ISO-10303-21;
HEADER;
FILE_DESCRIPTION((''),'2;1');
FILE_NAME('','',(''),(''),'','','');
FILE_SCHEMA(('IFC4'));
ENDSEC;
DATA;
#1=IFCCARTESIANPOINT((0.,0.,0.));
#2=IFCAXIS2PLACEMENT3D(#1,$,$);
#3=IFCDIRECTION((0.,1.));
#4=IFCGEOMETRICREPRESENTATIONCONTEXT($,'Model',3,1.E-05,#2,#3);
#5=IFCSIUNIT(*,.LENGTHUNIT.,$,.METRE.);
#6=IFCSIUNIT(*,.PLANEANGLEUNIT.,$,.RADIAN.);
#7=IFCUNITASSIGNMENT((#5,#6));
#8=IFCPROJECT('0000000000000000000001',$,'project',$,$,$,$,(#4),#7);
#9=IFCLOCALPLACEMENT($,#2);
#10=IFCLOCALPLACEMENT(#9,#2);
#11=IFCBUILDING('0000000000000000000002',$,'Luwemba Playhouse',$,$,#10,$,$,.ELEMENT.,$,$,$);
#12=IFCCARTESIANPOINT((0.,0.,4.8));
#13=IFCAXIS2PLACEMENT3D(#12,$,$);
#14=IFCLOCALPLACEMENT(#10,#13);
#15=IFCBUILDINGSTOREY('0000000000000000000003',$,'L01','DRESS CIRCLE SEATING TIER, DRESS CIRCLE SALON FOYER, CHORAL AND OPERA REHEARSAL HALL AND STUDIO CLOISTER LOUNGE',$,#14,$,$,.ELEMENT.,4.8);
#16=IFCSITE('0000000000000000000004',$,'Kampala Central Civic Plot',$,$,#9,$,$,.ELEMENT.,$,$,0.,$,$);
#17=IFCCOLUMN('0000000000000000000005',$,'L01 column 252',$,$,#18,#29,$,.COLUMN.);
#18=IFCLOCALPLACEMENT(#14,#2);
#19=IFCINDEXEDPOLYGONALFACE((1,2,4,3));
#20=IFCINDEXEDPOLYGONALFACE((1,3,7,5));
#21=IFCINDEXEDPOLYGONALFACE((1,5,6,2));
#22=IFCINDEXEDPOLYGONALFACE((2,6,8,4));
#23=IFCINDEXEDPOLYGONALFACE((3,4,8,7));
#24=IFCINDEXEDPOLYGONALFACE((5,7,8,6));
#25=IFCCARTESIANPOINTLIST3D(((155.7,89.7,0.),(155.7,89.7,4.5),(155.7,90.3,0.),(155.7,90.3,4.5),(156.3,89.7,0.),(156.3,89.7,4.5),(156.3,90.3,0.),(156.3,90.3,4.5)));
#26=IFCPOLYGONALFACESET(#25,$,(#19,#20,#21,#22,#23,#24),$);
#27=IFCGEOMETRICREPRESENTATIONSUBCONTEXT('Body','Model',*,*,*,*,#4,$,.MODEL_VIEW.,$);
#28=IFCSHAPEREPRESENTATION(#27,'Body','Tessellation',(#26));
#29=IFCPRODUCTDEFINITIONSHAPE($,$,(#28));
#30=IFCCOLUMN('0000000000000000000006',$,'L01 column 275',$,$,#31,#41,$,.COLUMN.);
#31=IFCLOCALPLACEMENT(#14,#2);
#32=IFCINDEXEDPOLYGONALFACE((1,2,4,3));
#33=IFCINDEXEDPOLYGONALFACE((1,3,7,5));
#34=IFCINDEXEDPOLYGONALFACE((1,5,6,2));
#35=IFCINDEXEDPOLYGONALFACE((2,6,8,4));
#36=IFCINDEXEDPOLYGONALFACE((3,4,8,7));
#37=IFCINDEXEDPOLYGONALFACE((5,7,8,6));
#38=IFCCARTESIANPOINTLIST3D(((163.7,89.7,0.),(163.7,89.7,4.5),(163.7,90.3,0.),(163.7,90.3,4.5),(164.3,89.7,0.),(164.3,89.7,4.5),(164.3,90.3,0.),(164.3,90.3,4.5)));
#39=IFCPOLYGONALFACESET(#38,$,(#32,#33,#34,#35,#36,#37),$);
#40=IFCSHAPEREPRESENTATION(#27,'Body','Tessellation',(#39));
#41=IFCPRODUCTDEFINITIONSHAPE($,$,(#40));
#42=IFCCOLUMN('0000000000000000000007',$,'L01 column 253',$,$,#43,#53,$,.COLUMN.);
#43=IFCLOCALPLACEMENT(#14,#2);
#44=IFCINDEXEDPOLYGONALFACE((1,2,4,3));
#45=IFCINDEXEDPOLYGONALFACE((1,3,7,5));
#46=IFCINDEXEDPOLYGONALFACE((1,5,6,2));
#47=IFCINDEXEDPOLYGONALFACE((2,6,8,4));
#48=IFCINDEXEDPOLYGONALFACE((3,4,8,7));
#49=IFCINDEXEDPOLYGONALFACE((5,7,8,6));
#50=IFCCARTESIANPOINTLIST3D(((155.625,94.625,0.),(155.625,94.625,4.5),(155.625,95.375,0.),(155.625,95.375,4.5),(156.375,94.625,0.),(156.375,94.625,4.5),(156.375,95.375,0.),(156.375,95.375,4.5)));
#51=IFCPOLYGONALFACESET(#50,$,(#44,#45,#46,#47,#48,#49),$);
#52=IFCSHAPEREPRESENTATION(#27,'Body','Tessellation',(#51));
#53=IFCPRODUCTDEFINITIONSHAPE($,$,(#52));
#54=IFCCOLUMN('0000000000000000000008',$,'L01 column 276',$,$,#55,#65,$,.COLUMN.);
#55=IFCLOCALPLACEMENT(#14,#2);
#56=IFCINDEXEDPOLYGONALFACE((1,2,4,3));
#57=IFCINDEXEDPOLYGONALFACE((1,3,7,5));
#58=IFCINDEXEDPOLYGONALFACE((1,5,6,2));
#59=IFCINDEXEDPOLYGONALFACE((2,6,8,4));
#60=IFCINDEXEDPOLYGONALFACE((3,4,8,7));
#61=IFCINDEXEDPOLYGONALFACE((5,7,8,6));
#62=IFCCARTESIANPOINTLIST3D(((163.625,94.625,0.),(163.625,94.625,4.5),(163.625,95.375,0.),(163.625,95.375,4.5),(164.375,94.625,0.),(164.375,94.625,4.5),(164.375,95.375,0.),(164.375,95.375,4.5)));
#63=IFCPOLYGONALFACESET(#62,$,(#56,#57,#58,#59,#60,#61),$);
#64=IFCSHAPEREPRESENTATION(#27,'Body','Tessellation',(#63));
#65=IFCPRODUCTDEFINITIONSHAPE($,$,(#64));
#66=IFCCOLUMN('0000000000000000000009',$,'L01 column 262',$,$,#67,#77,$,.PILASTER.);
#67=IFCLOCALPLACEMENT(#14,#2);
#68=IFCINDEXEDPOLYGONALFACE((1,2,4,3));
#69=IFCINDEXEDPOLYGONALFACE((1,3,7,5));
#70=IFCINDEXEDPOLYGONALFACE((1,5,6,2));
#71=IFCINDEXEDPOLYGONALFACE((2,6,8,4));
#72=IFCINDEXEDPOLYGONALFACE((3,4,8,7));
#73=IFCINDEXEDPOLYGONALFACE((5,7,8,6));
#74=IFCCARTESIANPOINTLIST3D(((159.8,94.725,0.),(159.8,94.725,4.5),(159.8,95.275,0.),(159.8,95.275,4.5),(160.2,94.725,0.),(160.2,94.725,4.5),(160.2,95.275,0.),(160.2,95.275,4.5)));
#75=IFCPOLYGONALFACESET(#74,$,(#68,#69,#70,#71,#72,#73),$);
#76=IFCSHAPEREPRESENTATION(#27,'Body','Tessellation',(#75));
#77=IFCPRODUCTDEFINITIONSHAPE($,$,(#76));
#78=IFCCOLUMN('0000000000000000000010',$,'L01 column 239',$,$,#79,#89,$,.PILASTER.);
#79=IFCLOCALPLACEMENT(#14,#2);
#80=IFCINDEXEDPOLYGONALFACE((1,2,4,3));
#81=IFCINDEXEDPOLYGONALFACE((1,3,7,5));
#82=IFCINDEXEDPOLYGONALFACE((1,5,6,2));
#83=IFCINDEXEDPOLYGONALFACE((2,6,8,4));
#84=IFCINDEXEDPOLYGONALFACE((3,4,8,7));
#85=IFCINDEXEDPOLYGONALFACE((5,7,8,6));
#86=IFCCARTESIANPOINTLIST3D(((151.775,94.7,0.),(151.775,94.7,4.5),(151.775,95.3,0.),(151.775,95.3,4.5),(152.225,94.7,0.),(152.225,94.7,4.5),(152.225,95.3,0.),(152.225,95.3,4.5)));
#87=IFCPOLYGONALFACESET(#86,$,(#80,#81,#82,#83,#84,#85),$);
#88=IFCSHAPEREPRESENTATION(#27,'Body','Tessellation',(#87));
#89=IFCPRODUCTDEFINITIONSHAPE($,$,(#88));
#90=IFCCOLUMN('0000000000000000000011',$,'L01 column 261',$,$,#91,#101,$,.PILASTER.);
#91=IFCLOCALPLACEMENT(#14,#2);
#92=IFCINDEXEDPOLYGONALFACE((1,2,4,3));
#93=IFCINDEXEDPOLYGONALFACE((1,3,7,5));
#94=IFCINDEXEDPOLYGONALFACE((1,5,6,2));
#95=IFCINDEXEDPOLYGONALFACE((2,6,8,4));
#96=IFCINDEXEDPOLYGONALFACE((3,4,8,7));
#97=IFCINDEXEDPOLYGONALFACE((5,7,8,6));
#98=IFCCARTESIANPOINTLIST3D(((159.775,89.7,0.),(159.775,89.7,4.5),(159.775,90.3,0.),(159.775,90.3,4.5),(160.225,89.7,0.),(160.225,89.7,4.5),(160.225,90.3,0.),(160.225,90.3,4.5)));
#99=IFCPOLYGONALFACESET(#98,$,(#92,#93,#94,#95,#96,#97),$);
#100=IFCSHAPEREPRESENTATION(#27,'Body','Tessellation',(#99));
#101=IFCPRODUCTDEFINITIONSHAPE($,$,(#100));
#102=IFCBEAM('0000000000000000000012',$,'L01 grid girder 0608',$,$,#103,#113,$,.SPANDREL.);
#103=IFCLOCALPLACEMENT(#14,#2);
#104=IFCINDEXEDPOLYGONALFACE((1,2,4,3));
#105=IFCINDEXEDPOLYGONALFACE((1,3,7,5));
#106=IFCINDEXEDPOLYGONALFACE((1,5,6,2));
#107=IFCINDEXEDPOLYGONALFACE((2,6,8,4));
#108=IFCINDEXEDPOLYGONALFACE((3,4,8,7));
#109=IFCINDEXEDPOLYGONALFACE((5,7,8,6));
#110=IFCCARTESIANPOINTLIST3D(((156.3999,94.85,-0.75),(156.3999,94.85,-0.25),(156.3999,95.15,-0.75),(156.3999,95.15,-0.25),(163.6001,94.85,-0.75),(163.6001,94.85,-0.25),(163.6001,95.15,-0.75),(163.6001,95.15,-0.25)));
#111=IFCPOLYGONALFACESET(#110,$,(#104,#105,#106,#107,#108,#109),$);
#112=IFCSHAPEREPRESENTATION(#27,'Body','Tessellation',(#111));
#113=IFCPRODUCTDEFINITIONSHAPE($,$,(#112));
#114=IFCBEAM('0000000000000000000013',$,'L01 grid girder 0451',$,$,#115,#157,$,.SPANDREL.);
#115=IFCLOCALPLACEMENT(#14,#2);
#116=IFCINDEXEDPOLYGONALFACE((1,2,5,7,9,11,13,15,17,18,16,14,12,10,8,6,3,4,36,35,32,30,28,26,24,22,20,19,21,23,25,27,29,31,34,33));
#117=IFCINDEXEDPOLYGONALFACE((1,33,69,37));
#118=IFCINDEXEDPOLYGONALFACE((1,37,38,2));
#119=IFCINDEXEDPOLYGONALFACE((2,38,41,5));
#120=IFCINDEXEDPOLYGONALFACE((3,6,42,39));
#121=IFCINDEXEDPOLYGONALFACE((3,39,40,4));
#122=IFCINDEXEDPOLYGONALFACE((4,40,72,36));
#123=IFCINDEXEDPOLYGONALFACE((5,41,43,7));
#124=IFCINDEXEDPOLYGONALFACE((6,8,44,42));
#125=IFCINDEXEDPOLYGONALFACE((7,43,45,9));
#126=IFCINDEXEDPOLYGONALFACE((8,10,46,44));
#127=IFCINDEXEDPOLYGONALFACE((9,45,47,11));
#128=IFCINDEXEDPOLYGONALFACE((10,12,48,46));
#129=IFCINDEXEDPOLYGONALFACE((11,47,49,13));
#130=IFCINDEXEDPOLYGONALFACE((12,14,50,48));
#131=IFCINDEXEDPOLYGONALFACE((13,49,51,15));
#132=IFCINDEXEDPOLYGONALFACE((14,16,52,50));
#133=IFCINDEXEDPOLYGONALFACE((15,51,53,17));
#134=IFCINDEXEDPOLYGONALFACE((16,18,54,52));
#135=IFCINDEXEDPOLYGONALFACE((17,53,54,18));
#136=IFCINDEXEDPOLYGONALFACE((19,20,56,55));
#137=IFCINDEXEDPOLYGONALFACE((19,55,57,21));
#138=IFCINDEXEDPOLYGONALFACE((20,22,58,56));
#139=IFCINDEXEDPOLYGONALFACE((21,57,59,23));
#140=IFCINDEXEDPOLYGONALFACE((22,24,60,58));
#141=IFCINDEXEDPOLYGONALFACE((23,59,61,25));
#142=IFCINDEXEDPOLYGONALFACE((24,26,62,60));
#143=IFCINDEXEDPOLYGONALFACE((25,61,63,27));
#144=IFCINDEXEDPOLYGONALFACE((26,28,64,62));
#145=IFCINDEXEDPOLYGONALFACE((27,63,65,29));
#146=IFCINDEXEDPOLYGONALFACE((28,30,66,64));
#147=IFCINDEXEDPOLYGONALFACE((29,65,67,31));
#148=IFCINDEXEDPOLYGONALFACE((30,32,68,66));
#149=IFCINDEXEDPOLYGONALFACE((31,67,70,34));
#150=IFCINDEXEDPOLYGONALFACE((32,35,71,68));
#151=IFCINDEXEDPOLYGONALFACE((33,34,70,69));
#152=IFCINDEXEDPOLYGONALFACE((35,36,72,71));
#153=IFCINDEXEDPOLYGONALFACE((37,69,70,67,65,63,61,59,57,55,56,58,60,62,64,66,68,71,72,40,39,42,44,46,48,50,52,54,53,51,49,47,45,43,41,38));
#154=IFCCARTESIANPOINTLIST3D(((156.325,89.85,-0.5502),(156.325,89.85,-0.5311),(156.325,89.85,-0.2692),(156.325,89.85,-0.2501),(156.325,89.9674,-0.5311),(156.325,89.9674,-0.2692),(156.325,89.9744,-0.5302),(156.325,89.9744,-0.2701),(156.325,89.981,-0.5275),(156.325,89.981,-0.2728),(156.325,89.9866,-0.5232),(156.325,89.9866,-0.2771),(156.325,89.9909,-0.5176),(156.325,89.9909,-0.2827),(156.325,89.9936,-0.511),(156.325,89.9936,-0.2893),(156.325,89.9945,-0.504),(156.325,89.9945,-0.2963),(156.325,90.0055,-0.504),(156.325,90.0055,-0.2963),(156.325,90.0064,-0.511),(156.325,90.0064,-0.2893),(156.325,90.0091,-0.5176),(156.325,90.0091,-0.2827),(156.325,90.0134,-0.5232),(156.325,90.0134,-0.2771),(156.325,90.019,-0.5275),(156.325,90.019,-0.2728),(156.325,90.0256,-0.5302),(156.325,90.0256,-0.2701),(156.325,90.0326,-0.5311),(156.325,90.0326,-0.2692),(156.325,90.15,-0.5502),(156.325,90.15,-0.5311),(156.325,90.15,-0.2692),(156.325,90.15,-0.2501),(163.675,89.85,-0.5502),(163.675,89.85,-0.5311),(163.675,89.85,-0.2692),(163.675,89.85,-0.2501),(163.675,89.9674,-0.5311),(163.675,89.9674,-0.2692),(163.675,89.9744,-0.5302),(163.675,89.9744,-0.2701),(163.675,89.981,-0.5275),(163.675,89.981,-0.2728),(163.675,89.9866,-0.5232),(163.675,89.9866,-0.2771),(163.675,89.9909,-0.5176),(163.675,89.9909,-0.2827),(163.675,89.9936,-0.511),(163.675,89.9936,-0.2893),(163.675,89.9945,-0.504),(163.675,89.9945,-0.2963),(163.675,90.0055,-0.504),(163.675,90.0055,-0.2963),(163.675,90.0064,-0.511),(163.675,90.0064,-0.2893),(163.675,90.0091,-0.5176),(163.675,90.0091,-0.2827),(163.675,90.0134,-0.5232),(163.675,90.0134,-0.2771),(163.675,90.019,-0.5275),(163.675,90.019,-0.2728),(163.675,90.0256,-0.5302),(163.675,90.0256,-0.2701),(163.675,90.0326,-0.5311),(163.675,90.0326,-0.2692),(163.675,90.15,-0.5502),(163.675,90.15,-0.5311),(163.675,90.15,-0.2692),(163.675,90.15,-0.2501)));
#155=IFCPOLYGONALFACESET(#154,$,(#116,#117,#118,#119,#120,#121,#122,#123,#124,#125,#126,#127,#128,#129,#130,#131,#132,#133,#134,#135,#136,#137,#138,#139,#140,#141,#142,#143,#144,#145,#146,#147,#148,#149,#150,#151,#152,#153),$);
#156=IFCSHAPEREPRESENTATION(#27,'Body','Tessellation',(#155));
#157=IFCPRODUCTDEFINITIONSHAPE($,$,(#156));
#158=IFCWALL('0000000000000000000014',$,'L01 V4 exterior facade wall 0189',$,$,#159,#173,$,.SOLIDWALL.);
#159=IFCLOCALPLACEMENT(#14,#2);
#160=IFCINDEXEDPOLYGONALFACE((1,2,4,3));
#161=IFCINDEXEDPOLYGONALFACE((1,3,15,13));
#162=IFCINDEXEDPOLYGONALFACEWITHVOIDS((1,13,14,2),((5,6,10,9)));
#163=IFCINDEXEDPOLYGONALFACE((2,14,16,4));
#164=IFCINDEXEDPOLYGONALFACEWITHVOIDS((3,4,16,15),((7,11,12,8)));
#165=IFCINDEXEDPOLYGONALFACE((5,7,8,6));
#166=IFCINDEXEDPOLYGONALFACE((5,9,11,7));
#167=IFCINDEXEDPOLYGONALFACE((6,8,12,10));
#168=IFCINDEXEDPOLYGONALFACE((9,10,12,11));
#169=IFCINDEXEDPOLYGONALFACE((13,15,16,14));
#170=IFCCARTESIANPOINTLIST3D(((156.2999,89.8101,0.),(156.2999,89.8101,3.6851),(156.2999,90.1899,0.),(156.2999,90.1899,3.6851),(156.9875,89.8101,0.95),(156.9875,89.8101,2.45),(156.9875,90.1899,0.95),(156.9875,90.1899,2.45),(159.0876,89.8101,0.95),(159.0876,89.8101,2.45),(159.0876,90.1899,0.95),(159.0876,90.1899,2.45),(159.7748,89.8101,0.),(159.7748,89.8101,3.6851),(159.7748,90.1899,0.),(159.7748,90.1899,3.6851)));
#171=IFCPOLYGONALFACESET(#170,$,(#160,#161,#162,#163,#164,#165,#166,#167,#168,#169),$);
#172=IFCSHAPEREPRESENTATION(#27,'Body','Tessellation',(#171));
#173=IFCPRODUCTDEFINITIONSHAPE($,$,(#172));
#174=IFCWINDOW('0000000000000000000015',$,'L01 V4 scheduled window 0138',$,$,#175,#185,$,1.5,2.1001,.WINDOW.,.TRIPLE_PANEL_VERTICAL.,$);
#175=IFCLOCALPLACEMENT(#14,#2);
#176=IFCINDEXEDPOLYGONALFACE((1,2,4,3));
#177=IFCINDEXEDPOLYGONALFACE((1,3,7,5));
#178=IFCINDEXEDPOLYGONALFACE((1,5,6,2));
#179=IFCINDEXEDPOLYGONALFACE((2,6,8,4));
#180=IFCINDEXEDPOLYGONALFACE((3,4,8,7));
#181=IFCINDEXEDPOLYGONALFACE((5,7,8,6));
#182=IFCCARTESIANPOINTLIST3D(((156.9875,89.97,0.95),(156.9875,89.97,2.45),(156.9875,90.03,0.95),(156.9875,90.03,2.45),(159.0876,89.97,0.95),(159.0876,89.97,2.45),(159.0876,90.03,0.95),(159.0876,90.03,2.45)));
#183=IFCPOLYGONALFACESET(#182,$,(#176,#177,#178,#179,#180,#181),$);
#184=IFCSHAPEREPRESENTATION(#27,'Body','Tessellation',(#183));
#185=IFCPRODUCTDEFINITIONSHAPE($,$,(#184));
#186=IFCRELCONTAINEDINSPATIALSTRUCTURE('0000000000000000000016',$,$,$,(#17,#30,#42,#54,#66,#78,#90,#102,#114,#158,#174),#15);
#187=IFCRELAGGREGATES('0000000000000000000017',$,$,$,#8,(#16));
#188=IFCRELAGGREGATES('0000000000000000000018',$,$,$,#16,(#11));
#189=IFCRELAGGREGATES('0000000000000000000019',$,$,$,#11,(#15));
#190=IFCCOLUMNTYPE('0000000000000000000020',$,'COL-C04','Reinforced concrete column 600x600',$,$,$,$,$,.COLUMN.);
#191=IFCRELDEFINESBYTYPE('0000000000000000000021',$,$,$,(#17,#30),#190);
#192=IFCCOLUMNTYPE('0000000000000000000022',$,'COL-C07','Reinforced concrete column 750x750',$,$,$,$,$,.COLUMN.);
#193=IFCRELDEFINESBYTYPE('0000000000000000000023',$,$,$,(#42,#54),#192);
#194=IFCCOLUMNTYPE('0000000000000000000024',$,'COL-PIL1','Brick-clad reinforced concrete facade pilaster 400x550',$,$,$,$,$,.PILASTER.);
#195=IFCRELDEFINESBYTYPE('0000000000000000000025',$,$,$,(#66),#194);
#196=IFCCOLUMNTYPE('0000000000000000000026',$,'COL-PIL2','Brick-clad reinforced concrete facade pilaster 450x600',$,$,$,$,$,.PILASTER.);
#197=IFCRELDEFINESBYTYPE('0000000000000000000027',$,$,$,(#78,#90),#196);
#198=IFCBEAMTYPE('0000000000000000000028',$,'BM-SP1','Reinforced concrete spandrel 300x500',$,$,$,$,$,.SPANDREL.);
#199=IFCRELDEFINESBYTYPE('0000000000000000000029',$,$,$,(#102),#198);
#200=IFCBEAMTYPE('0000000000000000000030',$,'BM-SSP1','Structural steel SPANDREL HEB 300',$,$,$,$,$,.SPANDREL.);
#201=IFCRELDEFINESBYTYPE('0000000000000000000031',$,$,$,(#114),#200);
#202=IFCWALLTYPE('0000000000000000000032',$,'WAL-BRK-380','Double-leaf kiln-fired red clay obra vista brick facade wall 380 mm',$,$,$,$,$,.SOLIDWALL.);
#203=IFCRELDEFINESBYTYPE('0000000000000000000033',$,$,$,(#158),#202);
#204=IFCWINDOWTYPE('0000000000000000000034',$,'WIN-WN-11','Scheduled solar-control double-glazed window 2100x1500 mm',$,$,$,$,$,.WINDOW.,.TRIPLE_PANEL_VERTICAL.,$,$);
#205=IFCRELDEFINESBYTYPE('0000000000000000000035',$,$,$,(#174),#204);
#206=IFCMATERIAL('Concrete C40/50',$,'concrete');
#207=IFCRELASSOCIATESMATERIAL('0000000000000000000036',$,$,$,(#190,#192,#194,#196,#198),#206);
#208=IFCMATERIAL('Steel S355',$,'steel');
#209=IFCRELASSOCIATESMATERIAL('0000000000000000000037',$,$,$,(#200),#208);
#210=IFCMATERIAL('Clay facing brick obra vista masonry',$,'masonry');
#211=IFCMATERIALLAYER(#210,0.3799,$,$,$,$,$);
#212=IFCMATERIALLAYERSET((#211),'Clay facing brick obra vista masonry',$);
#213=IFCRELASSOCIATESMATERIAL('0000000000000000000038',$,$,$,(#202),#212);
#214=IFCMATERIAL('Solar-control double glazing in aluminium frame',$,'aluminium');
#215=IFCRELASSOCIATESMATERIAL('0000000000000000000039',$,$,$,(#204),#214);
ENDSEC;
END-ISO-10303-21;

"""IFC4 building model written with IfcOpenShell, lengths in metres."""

from ifc_helpers import new_model, si_unit, direction, frame, frame_2d, origin, origin_2d, place, context, subcontext, project, spatial, rectangle, i_section, extrude, material, layer, layer_set, material_profile, profile_set, type_object, element, fill, save


model = new_model("IFC4")

# Units and contexts
model_context = context("Model", 3, precision=1e-05, world=origin(), true_north=direction((0.0, 1.0)))
body_context = subcontext(model_context, "Body", "Model", "MODEL_VIEW")
ifc_project = project(units=[si_unit("LENGTHUNIT", "METRE"), si_unit("PLANEANGLEUNIT", "RADIAN")], contexts=[model_context])

# Site, building, storey
site_placement = place(None, origin())
site = spatial("IfcSite", under=ifc_project, at=site_placement, Name="Kampala Central Civic Plot", CompositionType="ELEMENT", RefElevation=0.0)
building_placement = place(site_placement, origin())
building = spatial("IfcBuilding", under=site, at=building_placement, Name="Luwemba Playhouse", CompositionType="ELEMENT")
storey_placement = place(building_placement, frame((0.0, 0.0, 4.8)))
storey = spatial("IfcBuildingStorey", under=building, at=storey_placement, Name="L01", Description="DRESS CIRCLE SEATING TIER, DRESS CIRCLE SALON FOYER, CHORAL AND OPERA REHEARSAL HALL AND STUDIO CLOISTER LOUNGE", CompositionType="ELEMENT", Elevation=4.8)

# Columns
ifc_material_1 = material(Name="Concrete C40/50", Category="concrete")
ifc_material_profile_1 = material_profile(ifc_material_1, rectangle(XDim=0.6001, YDim=0.6001, at=origin_2d()))
ifc_profile_set_1 = profile_set([ifc_material_profile_1], Name="Concrete C40/50")
column_type_1 = type_object("IfcColumnType", Name="COL-C04", Description="Reinforced concrete column 600x600", PredefinedType="COLUMN", material=ifc_profile_set_1)
for number, where, z_axis, x_axis, name in (
    (1, (156.0, 90.0, 0.0), (0.0, 0.0, 1.0), (1.0, 0.0, 0.0), "L01 column 252"),
    (2, (164.0, 90.0, 0.0), (0.0, 0.0, 1.0), (1.0, 0.0, 0.0), "L01 column 275"),
):
    element("IfcColumn", number, at=place(storey_placement, frame(where, z_axis=z_axis, x_axis=x_axis)), inside=storey, type_object=column_type_1, Name=name, PredefinedType="COLUMN", context=body_context, shape_type="SweptSolid", body=[
        extrude(rectangle(XDim=0.6001, YDim=0.6001, at=origin_2d()), origin(), (0.0, 0.0, 1.0), 4.5),
    ])
ifc_material_profile_2 = material_profile(ifc_material_1, rectangle(XDim=0.75, YDim=0.75, at=origin_2d()))
ifc_profile_set_2 = profile_set([ifc_material_profile_2], Name="Concrete C40/50")
column_type_2 = type_object("IfcColumnType", Name="COL-C07", Description="Reinforced concrete column 750x750", PredefinedType="COLUMN", material=ifc_profile_set_2)
for number, where, z_axis, x_axis, name in (
    (3, (156.0, 95.0, 0.0), (0.0, 0.0, 1.0), (1.0, 0.0, 0.0), "L01 column 253"),
    (4, (164.0, 95.0, 0.0), (0.0, 0.0, 1.0), (1.0, 0.0, 0.0), "L01 column 276"),
):
    element("IfcColumn", number, at=place(storey_placement, frame(where, z_axis=z_axis, x_axis=x_axis)), inside=storey, type_object=column_type_2, Name=name, PredefinedType="COLUMN", context=body_context, shape_type="SweptSolid", body=[
        extrude(rectangle(XDim=0.75, YDim=0.75, at=origin_2d()), origin(), (0.0, 0.0, 1.0), 4.5),
    ])
ifc_material_profile_3 = material_profile(ifc_material_1, rectangle(XDim=0.3999, YDim=0.55, at=origin_2d()))
ifc_profile_set_3 = profile_set([ifc_material_profile_3], Name="Concrete C40/50")
column_type_3 = type_object("IfcColumnType", Name="COL-PIL1", Description="Brick-clad reinforced concrete facade pilaster 400x550", PredefinedType="PILASTER", material=ifc_profile_set_3)
column_placement = place(storey_placement, frame((160.0, 95.0, 0.0), z_axis=(0.0, 0.0, 1.0), x_axis=(1.0, 0.0, 0.0)))
element("IfcColumn", 5, at=column_placement, inside=storey, type_object=column_type_3, Name="L01 column 262", PredefinedType="PILASTER", context=body_context, shape_type="SweptSolid", body=[
    extrude(rectangle(XDim=0.3999, YDim=0.55, at=origin_2d()), origin(), (0.0, 0.0, 1.0), 4.5),
])
ifc_material_profile_4 = material_profile(ifc_material_1, rectangle(XDim=0.45, YDim=0.6001, at=origin_2d()))
ifc_profile_set_4 = profile_set([ifc_material_profile_4], Name="Concrete C40/50")
column_type_4 = type_object("IfcColumnType", Name="COL-PIL2", Description="Brick-clad reinforced concrete facade pilaster 450x600", PredefinedType="PILASTER", material=ifc_profile_set_4)
for number, where, z_axis, x_axis, name in (
    (6, (152.0, 95.0, 0.0), (0.0, 0.0, 1.0), (1.0, 0.0, 0.0), "L01 column 239"),
    (7, (160.0, 90.0, 0.0), (0.0, 0.0, 1.0), (1.0, 0.0, 0.0), "L01 column 261"),
):
    element("IfcColumn", number, at=place(storey_placement, frame(where, z_axis=z_axis, x_axis=x_axis)), inside=storey, type_object=column_type_4, Name=name, PredefinedType="PILASTER", context=body_context, shape_type="SweptSolid", body=[
        extrude(rectangle(XDim=0.45, YDim=0.6001, at=origin_2d()), origin(), (0.0, 0.0, 1.0), 4.5),
    ])

# Beams
ifc_material_profile_5 = material_profile(ifc_material_1, rectangle(XDim=0.3, YDim=0.5, at=origin_2d()))
ifc_profile_set_5 = profile_set([ifc_material_profile_5], Name="Concrete C40/50")
beam_type_1 = type_object("IfcBeamType", Name="BM-SP1", Description="Reinforced concrete spandrel 300x500", PredefinedType="SPANDREL", material=ifc_profile_set_5)
beam_1_placement = place(storey_placement, frame((156.3999, 95.0, -0.5), z_axis=(1.0, 0.0, 0.0), x_axis=(0.0, 1.0, 0.0)))
element("IfcBeam", 8, at=beam_1_placement, inside=storey, type_object=beam_type_1, Name="L01 grid girder 0608", PredefinedType="SPANDREL", context=body_context, shape_type="SweptSolid", body=[
    extrude(rectangle(XDim=0.3, YDim=0.5, at=origin_2d()), origin(), (0.0, 0.0, 1.0), 7.2002),
])
ifc_material_2 = material(Name="Steel S355", Category="steel")
ifc_material_profile_6 = material_profile(ifc_material_2, i_section(OverallWidth=0.3, OverallDepth=0.3, WebThickness=0.011, FlangeThickness=0.019, FilletRadius=0.0271, at=origin_2d()))
ifc_profile_set_6 = profile_set([ifc_material_profile_6], Name="Steel S355")
beam_type_2 = type_object("IfcBeamType", Name="BM-SSP1", Description="Structural steel SPANDREL HEB 300", PredefinedType="SPANDREL", material=ifc_profile_set_6)
beam_2_placement = place(storey_placement, frame((156.325, 90.0, -0.4001), z_axis=(1.0, 0.0, 0.0), x_axis=(0.0, 1.0, 0.0)))
element("IfcBeam", 9, at=beam_2_placement, inside=storey, type_object=beam_type_2, Name="L01 grid girder 0451", PredefinedType="SPANDREL", context=body_context, shape_type="SweptSolid", body=[
    extrude(i_section(OverallWidth=0.3, OverallDepth=0.3, WebThickness=0.011, FlangeThickness=0.019, FilletRadius=0.0271, at=origin_2d()), origin(), (0.0, 0.0, 1.0), 7.3501),
])

# Wall, opening, window
ifc_material_3 = material(Name="Clay facing brick obra vista masonry", Category="masonry")
ifc_layer_1 = layer(ifc_material_3, 0.3799)
ifc_layer_set_1 = layer_set([ifc_layer_1], Name="Clay facing brick obra vista masonry")
wall_type_1 = type_object("IfcWallType", Name="WAL-BRK-380", Description="Double-leaf kiln-fired red clay obra vista brick facade wall 380 mm", PredefinedType="SOLIDWALL", material=ifc_layer_set_1)
wall_1_placement = place(storey_placement, frame((156.3, 90.0, 0.0), z_axis=(0.0, 0.0, 1.0), x_axis=(1.0, 0.0, 0.0)))
wall_1 = element("IfcWall", 10, at=wall_1_placement, inside=storey, type_object=wall_type_1, Name="L01 V4 exterior facade wall 0189", PredefinedType="SOLIDWALL", context=body_context, shape_type="SweptSolid", body=[
    extrude(rectangle(XDim=3.4749, YDim=0.3799, at=frame_2d((1.7373, 0.0))), origin(), (0.0, 0.0, 1.0), 3.6851),
])
opening_1_placement = place(wall_1_placement, frame((0.6875, 0.0, 0.95)))
opening_1 = element("IfcOpeningElement", 11, at=opening_1_placement, cuts=wall_1, PredefinedType="OPENING", context=body_context, shape_type="SweptSolid", body=[
    extrude(rectangle(XDim=2.1001, YDim=1.5, at=frame_2d((1.05, 0.75))), frame((0.0, 0.2, 0.0), z_axis=(0.0, -1.0, 0.0), x_axis=(1.0, 0.0, 0.0)), (0.0, 0.0, 1.0), 0.3999),
])
ifc_material_4 = material(Name="Solar-control double glazing in aluminium frame", Category="aluminium")
window_type_1 = type_object("IfcWindowType", Name="WIN-WN-11", Description="Scheduled solar-control double-glazed window 2100x1500 mm", PartitioningType="TRIPLE_PANEL_VERTICAL", PredefinedType="WINDOW", material=ifc_material_4)
window_1_placement = place(opening_1_placement, origin())
window_1 = element("IfcWindow", 12, at=window_1_placement, inside=storey, type_object=window_type_1, Name="L01 V4 scheduled window 0138", OverallHeight=1.5, OverallWidth=2.1001, PartitioningType="TRIPLE_PANEL_VERTICAL", PredefinedType="WINDOW", context=body_context, shape_type="SweptSolid", body=[
    extrude(rectangle(XDim=2.1001, YDim=1.5, at=frame_2d((1.05, 0.75))), frame((0.0, 0.03, 0.0), z_axis=(0.0, -1.0, 0.0), x_axis=(1.0, 0.0, 0.0)), (0.0, 0.0, 1.0), 0.0601),
])
fill(opening_1, window_1)

save(model, "model.ifc")
